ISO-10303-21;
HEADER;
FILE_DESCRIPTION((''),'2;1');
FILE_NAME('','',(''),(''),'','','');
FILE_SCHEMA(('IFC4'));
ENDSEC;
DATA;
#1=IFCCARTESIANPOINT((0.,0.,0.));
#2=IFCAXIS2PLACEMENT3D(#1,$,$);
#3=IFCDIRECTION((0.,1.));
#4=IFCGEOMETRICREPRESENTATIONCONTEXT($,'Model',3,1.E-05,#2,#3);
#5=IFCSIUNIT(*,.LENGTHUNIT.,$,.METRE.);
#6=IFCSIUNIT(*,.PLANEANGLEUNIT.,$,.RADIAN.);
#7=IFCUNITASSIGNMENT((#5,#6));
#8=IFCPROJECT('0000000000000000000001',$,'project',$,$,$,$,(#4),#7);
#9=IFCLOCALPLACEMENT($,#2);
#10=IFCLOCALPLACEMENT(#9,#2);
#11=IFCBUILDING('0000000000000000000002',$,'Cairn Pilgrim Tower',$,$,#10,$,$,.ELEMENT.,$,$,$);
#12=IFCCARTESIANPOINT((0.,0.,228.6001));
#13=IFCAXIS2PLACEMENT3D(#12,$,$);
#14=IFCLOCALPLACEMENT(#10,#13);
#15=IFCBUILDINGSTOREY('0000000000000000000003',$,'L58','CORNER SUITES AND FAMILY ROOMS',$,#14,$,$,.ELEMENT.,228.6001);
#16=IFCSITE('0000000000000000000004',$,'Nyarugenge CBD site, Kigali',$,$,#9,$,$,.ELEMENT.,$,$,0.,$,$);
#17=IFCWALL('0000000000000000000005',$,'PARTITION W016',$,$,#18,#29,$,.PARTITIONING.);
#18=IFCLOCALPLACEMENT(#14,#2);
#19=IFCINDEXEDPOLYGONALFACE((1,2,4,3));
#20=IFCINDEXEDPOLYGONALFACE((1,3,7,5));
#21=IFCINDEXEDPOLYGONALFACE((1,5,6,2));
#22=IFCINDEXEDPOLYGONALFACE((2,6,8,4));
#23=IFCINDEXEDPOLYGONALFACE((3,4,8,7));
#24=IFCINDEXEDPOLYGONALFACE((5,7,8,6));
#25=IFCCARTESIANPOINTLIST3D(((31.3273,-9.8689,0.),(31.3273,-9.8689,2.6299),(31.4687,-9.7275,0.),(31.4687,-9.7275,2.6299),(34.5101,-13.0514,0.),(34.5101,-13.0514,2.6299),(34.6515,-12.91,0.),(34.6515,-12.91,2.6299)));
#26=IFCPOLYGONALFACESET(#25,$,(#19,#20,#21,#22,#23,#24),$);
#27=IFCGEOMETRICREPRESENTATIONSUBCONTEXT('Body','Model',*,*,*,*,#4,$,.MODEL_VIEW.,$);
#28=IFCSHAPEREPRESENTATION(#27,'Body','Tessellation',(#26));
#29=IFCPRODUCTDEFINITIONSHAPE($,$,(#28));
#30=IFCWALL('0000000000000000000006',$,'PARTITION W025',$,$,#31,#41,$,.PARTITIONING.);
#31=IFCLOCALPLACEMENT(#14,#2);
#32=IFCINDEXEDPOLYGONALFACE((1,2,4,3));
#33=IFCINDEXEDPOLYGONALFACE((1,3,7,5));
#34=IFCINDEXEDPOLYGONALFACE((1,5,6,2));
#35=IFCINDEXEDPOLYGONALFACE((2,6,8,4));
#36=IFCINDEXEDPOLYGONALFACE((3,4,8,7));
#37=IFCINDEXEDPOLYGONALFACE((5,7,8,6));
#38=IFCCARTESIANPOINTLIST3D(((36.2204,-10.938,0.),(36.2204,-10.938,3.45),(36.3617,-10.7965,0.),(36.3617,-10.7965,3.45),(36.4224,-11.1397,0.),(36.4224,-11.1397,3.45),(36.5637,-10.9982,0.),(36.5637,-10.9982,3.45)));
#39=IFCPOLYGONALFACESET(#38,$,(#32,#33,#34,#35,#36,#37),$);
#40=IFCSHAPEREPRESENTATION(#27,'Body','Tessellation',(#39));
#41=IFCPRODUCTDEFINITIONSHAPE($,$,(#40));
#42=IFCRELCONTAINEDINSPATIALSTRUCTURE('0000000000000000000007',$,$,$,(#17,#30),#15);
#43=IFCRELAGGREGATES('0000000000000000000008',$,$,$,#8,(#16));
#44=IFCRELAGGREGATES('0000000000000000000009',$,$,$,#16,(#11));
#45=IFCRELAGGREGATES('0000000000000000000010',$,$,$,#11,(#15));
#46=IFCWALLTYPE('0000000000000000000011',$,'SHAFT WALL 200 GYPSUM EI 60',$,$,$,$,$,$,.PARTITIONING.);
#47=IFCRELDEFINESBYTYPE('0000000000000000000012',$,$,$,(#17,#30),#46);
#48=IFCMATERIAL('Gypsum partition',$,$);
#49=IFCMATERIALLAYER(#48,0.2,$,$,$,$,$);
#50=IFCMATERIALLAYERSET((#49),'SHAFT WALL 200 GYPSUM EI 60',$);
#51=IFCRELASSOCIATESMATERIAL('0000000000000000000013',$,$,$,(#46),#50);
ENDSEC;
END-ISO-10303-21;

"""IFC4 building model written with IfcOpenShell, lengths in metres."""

from ifc_helpers import new_model, si_unit, direction, frame, frame_2d, origin, place, context, subcontext, project, spatial, rectangle, extrude, material, layer, layer_set, type_object, element, save


model = new_model("IFC4")

# Units and contexts
model_context = context("Model", 3, precision=1e-05, world=origin(), true_north=direction((0.0, 1.0)))
body_context = subcontext(model_context, "Body", "Model", "MODEL_VIEW")
ifc_project = project(units=[si_unit("LENGTHUNIT", "METRE"), si_unit("PLANEANGLEUNIT", "RADIAN")], contexts=[model_context])

# Site, building, storey
site_placement = place(None, origin())
site = spatial("IfcSite", under=ifc_project, at=site_placement, Name="Nyarugenge CBD site, Kigali", CompositionType="ELEMENT", RefElevation=0.0)
building_placement = place(site_placement, origin())
building = spatial("IfcBuilding", under=site, at=building_placement, Name="Cairn Pilgrim Tower", CompositionType="ELEMENT")
storey_placement = place(building_placement, frame((0.0, 0.0, 228.6001)))
storey = spatial("IfcBuildingStorey", under=building, at=storey_placement, Name="L58", Description="CORNER SUITES AND FAMILY ROOMS", CompositionType="ELEMENT", Elevation=228.6001)

# Walls
ifc_material_1 = material(Name="Gypsum partition")
ifc_layer_1 = layer(ifc_material_1, 0.2)
ifc_layer_set_1 = layer_set([ifc_layer_1], Name="SHAFT WALL 200 GYPSUM EI 60")
wall_type_1 = type_object("IfcWallType", Name="SHAFT WALL 200 GYPSUM EI 60", PredefinedType="PARTITIONING", material=ifc_layer_set_1)
wall_1_placement = place(storey_placement, frame((34.5808, -12.9807, 0.0), z_axis=(0.0, 0.0, 1.0), x_axis=(-0.707134, 0.70708, 0.0)))
element("IfcWall", 1, at=wall_1_placement, inside=storey, type_object=wall_type_1, Name="PARTITION W016", PredefinedType="PARTITIONING", context=body_context, shape_type="SweptSolid", body=[
    extrude(rectangle(XDim=4.501, YDim=0.2, at=frame_2d((2.2505, 0.0))), origin(), (0.0, 0.0, 1.0), 2.6299),
])
wall_2_placement = place(storey_placement, frame((36.4929, -11.0688, 0.0), z_axis=(0.0, 0.0, 1.0), x_axis=(-0.707534, 0.706679, 0.0)))
element("IfcWall", 2, at=wall_2_placement, inside=storey, type_object=wall_type_1, Name="PARTITION W025", PredefinedType="PARTITIONING", context=body_context, shape_type="SweptSolid", body=[
    extrude(rectangle(XDim=0.2854, YDim=0.2, at=frame_2d((0.1426, 0.0))), origin(), (0.0, 0.0, 1.0), 3.45),
])

save(model, "model.ifc")
